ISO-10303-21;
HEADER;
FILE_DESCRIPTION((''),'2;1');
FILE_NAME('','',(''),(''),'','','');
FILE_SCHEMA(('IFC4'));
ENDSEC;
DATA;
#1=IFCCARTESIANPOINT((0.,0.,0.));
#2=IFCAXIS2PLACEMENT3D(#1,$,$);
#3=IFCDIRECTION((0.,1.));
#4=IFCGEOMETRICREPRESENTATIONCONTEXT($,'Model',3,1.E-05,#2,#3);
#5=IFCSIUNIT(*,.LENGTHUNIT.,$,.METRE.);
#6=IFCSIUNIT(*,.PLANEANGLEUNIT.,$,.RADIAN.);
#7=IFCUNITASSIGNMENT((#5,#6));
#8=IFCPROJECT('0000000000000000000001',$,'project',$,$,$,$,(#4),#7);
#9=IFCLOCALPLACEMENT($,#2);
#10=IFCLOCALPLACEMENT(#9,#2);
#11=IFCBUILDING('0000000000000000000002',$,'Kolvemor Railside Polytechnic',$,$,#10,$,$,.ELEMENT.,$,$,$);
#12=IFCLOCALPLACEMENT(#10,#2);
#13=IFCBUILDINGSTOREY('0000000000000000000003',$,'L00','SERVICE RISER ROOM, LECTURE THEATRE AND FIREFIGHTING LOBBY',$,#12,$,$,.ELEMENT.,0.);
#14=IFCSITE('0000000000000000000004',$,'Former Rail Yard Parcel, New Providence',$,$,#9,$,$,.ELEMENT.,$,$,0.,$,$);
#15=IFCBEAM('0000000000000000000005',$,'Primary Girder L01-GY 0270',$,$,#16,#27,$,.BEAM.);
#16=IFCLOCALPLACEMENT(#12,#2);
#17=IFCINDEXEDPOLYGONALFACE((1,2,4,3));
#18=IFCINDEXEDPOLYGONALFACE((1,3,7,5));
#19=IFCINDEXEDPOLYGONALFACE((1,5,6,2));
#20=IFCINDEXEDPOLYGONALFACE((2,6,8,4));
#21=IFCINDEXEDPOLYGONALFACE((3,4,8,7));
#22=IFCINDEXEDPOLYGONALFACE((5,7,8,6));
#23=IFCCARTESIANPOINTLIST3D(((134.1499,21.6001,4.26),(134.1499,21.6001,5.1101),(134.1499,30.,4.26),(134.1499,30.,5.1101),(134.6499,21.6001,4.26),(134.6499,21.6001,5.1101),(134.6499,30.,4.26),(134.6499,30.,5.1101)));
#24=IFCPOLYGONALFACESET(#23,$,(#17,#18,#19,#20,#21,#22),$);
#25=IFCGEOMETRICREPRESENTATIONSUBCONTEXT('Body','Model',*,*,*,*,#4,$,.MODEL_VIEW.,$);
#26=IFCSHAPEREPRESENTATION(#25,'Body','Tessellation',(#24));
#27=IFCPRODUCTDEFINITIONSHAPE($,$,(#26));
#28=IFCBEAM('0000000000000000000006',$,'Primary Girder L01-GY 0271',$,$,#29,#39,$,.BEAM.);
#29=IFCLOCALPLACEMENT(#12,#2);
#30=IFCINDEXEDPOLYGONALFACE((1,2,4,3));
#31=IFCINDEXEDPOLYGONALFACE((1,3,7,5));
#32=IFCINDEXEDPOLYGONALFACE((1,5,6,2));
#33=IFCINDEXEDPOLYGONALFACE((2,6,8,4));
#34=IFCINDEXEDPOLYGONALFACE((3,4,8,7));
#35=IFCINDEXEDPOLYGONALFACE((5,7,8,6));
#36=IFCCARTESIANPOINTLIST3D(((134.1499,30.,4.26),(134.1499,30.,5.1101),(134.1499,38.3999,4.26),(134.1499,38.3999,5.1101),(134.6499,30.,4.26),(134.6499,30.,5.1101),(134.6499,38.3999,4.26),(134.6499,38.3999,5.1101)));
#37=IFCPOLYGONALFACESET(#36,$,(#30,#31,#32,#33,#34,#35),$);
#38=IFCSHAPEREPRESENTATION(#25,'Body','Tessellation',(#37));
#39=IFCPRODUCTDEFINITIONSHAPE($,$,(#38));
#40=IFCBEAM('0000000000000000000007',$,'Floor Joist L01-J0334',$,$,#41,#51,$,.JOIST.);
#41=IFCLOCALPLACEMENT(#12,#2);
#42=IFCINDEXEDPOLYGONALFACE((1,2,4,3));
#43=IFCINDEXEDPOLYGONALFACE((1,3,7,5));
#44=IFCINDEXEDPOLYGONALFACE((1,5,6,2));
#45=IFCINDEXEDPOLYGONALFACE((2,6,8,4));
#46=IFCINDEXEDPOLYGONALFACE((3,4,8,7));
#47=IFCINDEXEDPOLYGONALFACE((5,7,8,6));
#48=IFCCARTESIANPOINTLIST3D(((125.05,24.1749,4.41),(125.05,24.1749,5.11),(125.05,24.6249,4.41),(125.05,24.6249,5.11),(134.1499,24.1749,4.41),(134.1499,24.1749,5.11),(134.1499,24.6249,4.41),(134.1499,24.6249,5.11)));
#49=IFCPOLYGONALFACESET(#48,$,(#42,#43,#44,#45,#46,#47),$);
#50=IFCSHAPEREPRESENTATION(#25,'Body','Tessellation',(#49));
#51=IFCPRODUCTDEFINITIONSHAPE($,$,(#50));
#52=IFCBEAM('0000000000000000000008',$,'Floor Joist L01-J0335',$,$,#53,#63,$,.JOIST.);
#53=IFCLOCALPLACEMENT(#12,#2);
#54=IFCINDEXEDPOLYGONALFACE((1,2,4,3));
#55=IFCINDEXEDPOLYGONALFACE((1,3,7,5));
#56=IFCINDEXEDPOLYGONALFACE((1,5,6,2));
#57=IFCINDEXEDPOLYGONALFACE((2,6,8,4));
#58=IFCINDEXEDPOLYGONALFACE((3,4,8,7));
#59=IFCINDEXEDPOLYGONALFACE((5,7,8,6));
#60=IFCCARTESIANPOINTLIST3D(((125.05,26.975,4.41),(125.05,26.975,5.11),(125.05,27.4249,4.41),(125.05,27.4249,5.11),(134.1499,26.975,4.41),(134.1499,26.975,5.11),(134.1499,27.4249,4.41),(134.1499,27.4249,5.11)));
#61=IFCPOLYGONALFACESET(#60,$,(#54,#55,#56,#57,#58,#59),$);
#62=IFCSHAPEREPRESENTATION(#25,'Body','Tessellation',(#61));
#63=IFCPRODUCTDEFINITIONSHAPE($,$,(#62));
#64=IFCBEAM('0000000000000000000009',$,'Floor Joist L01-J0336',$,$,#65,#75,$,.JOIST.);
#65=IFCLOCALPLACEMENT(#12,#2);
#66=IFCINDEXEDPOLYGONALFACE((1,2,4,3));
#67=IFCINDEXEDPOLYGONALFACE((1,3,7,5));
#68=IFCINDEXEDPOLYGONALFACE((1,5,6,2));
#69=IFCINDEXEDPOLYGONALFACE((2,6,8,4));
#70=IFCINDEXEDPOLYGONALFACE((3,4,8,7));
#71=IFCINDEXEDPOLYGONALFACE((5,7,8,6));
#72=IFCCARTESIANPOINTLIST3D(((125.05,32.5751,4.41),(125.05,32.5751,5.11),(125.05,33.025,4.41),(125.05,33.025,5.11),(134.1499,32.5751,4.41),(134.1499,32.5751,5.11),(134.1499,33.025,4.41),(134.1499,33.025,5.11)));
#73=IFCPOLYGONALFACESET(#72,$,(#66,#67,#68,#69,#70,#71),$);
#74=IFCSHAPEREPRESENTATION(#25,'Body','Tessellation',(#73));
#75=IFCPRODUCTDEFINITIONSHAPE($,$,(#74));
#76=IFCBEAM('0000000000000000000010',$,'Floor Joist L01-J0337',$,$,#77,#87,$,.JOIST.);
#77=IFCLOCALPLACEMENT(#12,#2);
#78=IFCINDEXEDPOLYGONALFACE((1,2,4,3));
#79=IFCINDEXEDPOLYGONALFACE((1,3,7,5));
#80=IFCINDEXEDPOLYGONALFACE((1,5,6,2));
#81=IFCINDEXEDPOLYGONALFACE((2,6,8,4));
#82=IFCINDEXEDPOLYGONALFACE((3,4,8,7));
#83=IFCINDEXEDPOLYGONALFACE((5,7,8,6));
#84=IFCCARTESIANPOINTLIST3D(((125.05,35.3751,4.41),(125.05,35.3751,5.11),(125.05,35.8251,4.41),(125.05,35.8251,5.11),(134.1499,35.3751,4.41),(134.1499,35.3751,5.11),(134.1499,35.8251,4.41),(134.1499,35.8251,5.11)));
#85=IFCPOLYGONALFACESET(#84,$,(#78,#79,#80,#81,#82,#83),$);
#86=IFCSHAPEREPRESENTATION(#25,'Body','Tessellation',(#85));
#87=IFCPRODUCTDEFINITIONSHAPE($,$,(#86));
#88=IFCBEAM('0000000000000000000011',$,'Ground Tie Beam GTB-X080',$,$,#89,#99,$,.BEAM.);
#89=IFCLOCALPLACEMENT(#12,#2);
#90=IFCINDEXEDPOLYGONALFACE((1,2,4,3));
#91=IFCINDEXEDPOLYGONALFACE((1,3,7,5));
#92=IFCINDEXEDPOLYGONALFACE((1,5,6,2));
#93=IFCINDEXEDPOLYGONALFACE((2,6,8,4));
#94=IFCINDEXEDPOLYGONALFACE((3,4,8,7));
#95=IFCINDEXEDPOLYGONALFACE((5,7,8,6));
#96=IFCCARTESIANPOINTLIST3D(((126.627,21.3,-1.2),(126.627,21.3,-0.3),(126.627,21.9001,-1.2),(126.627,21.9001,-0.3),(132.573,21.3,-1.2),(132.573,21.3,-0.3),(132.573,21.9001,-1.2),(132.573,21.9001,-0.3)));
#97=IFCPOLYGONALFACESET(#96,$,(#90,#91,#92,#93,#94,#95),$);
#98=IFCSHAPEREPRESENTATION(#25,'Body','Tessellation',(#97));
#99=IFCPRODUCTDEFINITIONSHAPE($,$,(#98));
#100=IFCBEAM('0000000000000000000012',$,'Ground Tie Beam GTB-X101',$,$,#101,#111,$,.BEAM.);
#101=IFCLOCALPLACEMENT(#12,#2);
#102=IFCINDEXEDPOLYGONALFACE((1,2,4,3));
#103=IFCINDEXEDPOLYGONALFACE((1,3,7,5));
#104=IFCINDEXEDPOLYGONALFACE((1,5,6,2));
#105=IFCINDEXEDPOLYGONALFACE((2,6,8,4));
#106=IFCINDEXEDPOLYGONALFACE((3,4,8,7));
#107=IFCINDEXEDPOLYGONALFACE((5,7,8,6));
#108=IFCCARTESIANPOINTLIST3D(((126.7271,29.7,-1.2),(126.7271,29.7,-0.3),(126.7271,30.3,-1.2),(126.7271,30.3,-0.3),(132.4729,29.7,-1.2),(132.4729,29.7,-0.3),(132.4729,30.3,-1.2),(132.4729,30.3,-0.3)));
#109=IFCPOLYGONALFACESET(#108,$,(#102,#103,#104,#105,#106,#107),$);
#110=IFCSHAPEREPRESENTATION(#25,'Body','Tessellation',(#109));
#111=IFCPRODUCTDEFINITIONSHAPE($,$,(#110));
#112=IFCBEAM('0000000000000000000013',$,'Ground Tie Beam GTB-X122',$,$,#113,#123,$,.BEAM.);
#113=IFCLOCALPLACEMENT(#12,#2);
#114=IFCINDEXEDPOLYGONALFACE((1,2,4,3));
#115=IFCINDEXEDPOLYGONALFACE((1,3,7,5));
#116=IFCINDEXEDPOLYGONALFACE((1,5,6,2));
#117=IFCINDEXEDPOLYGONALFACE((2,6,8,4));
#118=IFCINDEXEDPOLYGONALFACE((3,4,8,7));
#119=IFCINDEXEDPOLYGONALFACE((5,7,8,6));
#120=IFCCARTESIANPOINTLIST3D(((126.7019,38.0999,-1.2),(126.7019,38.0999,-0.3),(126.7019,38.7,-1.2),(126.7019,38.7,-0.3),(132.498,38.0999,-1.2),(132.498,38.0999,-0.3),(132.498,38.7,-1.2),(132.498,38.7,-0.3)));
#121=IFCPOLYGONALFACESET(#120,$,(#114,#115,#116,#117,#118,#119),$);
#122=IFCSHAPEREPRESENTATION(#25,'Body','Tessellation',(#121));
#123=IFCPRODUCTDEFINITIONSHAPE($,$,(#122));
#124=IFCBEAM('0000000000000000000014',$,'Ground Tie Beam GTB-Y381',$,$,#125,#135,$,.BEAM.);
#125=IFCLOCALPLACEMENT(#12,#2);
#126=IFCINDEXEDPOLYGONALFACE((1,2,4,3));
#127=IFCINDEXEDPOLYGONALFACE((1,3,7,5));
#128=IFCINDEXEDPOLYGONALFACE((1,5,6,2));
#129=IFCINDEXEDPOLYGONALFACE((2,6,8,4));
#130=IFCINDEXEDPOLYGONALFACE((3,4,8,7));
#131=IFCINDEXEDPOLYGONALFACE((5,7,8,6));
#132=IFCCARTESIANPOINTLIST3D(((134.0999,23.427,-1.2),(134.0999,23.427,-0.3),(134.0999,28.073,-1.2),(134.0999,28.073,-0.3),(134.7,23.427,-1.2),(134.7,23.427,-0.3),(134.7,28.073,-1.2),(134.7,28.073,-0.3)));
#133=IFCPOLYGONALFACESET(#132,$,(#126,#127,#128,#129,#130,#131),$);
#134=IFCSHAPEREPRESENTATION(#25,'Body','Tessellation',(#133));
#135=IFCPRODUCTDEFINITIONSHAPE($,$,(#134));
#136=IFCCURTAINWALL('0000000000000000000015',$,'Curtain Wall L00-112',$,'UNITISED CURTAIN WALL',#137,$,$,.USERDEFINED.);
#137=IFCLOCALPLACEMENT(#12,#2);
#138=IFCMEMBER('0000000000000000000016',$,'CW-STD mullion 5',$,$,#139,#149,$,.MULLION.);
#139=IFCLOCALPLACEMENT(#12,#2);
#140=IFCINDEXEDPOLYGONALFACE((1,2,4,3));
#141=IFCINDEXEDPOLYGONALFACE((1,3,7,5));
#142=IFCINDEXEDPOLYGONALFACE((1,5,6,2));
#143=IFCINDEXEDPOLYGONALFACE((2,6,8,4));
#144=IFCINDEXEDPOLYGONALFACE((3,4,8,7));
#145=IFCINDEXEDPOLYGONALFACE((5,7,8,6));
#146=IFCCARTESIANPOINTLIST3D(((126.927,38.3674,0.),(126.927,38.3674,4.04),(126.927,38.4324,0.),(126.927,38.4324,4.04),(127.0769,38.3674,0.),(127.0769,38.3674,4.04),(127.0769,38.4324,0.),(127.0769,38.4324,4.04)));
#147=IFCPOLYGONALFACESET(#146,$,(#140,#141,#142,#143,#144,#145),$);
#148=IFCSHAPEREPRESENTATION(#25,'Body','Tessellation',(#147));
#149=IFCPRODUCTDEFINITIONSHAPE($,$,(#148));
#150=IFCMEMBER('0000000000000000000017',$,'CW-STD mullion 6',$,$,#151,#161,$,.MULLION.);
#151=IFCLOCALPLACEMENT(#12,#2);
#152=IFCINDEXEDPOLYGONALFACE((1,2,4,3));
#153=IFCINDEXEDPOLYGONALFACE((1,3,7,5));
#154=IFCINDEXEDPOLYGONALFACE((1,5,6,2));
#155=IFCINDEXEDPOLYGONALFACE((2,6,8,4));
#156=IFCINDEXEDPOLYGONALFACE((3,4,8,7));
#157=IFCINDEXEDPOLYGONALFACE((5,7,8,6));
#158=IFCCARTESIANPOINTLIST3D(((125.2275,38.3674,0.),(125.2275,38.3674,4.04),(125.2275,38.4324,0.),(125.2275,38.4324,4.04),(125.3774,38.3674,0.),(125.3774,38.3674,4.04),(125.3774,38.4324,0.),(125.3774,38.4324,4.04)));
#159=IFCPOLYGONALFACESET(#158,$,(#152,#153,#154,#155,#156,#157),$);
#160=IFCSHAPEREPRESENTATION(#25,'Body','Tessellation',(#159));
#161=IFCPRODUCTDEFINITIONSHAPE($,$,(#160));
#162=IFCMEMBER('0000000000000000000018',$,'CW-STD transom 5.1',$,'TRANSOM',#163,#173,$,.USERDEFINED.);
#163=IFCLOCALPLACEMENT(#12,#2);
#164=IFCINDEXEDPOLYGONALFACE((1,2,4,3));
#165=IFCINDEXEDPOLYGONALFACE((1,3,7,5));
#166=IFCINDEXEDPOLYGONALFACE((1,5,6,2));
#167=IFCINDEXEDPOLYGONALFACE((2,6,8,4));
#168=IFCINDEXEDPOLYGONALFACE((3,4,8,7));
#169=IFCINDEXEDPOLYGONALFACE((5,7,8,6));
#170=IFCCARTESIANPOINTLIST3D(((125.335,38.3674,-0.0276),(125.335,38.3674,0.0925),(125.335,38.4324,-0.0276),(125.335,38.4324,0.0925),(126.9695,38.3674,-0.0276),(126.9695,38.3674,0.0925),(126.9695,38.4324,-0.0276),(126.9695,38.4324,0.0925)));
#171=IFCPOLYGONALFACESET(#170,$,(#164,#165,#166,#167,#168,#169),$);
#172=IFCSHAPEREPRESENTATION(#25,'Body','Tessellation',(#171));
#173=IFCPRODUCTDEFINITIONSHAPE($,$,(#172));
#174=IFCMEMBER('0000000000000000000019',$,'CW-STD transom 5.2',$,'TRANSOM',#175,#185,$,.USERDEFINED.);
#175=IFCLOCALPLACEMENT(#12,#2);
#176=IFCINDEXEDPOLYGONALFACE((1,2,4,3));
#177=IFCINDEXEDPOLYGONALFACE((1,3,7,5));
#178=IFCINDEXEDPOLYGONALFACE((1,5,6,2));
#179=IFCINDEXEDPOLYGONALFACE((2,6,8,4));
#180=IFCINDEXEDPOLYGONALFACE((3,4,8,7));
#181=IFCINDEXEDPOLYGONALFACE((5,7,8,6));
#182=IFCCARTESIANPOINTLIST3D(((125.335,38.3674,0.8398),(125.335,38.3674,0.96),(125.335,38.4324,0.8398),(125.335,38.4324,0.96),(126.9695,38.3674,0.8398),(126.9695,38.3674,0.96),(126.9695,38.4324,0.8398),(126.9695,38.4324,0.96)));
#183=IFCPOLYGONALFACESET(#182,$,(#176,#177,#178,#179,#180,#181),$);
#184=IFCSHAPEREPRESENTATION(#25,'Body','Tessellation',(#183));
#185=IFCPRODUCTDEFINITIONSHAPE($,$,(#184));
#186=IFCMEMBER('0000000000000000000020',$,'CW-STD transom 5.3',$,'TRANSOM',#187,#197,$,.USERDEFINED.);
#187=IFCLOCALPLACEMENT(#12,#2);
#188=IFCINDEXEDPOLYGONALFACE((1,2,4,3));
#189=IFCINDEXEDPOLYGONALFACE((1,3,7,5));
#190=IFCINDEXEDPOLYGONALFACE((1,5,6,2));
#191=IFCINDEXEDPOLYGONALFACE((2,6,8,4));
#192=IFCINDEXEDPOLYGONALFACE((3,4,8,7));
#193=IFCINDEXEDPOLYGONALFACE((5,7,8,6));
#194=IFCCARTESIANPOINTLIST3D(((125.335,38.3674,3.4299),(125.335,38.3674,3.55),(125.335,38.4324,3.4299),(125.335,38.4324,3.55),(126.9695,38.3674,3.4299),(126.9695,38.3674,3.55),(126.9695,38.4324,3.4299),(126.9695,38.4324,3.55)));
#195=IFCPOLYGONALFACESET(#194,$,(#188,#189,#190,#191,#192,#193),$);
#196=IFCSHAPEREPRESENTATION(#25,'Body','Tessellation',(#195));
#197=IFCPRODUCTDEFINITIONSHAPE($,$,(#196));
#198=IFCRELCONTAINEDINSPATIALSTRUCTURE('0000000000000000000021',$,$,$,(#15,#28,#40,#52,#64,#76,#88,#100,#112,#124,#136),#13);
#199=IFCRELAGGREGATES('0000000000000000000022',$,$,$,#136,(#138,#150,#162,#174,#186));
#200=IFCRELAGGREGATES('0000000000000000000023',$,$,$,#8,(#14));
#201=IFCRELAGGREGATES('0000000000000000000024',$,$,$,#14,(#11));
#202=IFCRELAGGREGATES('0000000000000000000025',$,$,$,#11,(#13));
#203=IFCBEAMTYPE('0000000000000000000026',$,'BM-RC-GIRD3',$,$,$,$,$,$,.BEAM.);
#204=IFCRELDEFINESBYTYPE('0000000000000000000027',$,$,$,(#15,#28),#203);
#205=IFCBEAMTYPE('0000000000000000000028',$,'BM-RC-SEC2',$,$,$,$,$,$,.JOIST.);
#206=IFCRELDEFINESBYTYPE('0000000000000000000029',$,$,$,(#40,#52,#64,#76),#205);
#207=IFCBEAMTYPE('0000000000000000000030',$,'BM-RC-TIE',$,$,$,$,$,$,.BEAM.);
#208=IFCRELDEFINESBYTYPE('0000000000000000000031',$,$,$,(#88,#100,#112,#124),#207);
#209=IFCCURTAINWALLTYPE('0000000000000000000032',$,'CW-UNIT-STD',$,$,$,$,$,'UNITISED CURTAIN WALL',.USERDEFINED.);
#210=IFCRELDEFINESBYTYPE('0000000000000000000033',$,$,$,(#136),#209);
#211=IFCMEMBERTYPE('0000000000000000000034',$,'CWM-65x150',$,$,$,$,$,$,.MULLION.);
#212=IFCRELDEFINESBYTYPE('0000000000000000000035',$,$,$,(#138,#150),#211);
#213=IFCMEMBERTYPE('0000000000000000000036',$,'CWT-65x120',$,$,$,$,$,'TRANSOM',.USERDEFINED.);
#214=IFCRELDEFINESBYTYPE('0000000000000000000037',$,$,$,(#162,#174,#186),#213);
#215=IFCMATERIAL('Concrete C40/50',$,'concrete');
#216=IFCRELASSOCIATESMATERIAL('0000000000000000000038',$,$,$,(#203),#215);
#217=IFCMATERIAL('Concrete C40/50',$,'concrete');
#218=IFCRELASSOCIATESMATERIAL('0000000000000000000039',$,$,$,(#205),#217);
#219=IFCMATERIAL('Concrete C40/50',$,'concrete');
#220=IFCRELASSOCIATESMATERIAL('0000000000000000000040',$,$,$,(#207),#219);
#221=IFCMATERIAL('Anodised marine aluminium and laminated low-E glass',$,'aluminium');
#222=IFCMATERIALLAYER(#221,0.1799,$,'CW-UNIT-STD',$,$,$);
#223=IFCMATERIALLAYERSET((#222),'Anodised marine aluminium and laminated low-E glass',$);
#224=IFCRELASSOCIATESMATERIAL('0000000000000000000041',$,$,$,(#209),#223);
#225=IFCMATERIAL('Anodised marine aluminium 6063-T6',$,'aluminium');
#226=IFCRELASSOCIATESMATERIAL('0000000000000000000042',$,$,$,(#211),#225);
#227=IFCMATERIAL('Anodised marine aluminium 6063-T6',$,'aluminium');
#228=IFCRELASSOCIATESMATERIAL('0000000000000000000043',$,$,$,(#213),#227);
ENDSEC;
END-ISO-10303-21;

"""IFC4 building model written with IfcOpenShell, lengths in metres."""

from ifc_helpers import new_model, si_unit, direction, frame, origin, origin_2d, place, context, subcontext, project, spatial, rectangle, extrude, material, layer, layer_set, material_profile, profile_set, type_object, element, aggregate, save


model = new_model("IFC4")

# Units and contexts
model_context = context("Model", 3, precision=1e-05, world=origin(), true_north=direction((0.0, 1.0)))
body_context = subcontext(model_context, "Body", "Model", "MODEL_VIEW")
ifc_project = project(units=[si_unit("LENGTHUNIT", "METRE"), si_unit("PLANEANGLEUNIT", "RADIAN")], contexts=[model_context])

# Site, building, storey
site_placement = place(None, origin())
site = spatial("IfcSite", under=ifc_project, at=site_placement, Name="Former Rail Yard Parcel, New Providence", CompositionType="ELEMENT", RefElevation=0.0)
building_placement = place(site_placement, origin())
building = spatial("IfcBuilding", under=site, at=building_placement, Name="Kolvemor Railside Polytechnic", CompositionType="ELEMENT")
storey_placement = place(building_placement, origin())
storey = spatial("IfcBuildingStorey", under=building, at=storey_placement, Name="L00", Description="SERVICE RISER ROOM, LECTURE THEATRE AND FIREFIGHTING LOBBY", CompositionType="ELEMENT", Elevation=0.0)

# Beams
ifc_material_1 = material(Name="Concrete C40/50", Category="concrete")
ifc_material_profile_1 = material_profile(ifc_material_1, rectangle(XDim=0.5, YDim=0.8501, at=origin_2d()), Name="RC500x850")
ifc_profile_set_1 = profile_set([ifc_material_profile_1], Name="Concrete C40/50")
beam_type_1 = type_object("IfcBeamType", Name="BM-RC-GIRD3", PredefinedType="BEAM", material=ifc_profile_set_1)
for number, where, z_axis, x_axis, name in (
    (1, (134.3999, 21.6001, 4.6851), (0.0, 1.0, 0.0), (-1.0, 0.0, 0.0), "Primary Girder L01-GY 0270"),
    (2, (134.3999, 30.0, 4.6851), (0.0, 1.0, 0.0), (-1.0, 0.0, 0.0), "Primary Girder L01-GY 0271"),
):
    element("IfcBeam", number, at=place(storey_placement, frame(where, z_axis=z_axis, x_axis=x_axis)), inside=storey, type_object=beam_type_1, Name=name, PredefinedType="BEAM", context=body_context, shape_type="SweptSolid", body=[
        extrude(rectangle(XDim=0.5, YDim=0.8501, at=origin_2d()), origin(), (0.0, 0.0, 1.0), 8.3999),
    ])
ifc_material_2 = material(Name="Concrete C40/50", Category="concrete")
ifc_material_profile_2 = material_profile(ifc_material_2, rectangle(XDim=0.45, YDim=0.7, at=origin_2d()), Name="RC450x700")
ifc_profile_set_2 = profile_set([ifc_material_profile_2], Name="Concrete C40/50")
beam_type_2 = type_object("IfcBeamType", Name="BM-RC-SEC2", PredefinedType="JOIST", material=ifc_profile_set_2)
for number, where, z_axis, x_axis, name in (
    (3, (125.05, 24.3999, 4.76), (1.0, 0.0, 0.0), (0.0, 1.0, 0.0), "Floor Joist L01-J0334"),
    (4, (125.05, 27.2, 4.76), (1.0, 0.0, 0.0), (0.0, 1.0, 0.0), "Floor Joist L01-J0335"),
    (5, (125.05, 32.8, 4.76), (1.0, 0.0, 0.0), (0.0, 1.0, 0.0), "Floor Joist L01-J0336"),
    (6, (125.05, 35.6001, 4.76), (1.0, 0.0, 0.0), (0.0, 1.0, 0.0), "Floor Joist L01-J0337"),
):
    element("IfcBeam", number, at=place(storey_placement, frame(where, z_axis=z_axis, x_axis=x_axis)), inside=storey, type_object=beam_type_2, Name=name, PredefinedType="JOIST", context=body_context, shape_type="SweptSolid", body=[
        extrude(rectangle(XDim=0.45, YDim=0.7, at=origin_2d()), origin(), (0.0, 0.0, 1.0), 9.0999),
    ])
ifc_material_3 = material(Name="Concrete C40/50", Category="concrete")
ifc_material_profile_3 = material_profile(ifc_material_3, rectangle(XDim=0.6001, YDim=0.8999, at=origin_2d()), Name="RC600x900")
ifc_profile_set_3 = profile_set([ifc_material_profile_3], Name="Concrete C40/50")
beam_type_3 = type_object("IfcBeamType", Name="BM-RC-TIE", PredefinedType="BEAM", material=ifc_profile_set_3)
beam_1_placement = place(storey_placement, frame((126.627, 21.6001, -0.75), z_axis=(1.0, 0.0, 0.0), x_axis=(0.0, 1.0, 0.0)))
element("IfcBeam", 7, at=beam_1_placement, inside=storey, type_object=beam_type_3, Name="Ground Tie Beam GTB-X080", PredefinedType="BEAM", context=body_context, shape_type="SweptSolid", body=[
    extrude(rectangle(XDim=0.6001, YDim=0.8999, at=origin_2d()), origin(), (0.0, 0.0, 1.0), 5.946),
])
beam_2_placement = place(storey_placement, frame((126.7271, 30.0, -0.75), z_axis=(1.0, 0.0, 0.0), x_axis=(0.0, 1.0, 0.0)))
element("IfcBeam", 8, at=beam_2_placement, inside=storey, type_object=beam_type_3, Name="Ground Tie Beam GTB-X101", PredefinedType="BEAM", context=body_context, shape_type="SweptSolid", body=[
    extrude(rectangle(XDim=0.6001, YDim=0.8999, at=origin_2d()), origin(), (0.0, 0.0, 1.0), 5.7458),
])
beam_3_placement = place(storey_placement, frame((126.7019, 38.3999, -0.75), z_axis=(1.0, 0.0, 0.0), x_axis=(0.0, 1.0, 0.0)))
element("IfcBeam", 9, at=beam_3_placement, inside=storey, type_object=beam_type_3, Name="Ground Tie Beam GTB-X122", PredefinedType="BEAM", context=body_context, shape_type="SweptSolid", body=[
    extrude(rectangle(XDim=0.6001, YDim=0.8999, at=origin_2d()), origin(), (0.0, 0.0, 1.0), 5.7961),
])
beam_4_placement = place(storey_placement, frame((134.3999, 23.427, -0.75), z_axis=(0.0, 1.0, 0.0), x_axis=(-1.0, 0.0, 0.0)))
element("IfcBeam", 10, at=beam_4_placement, inside=storey, type_object=beam_type_3, Name="Ground Tie Beam GTB-Y381", PredefinedType="BEAM", context=body_context, shape_type="SweptSolid", body=[
    extrude(rectangle(XDim=0.6001, YDim=0.8999, at=origin_2d()), origin(), (0.0, 0.0, 1.0), 4.646),
])

# Curtain wall, members
ifc_material_4 = material(Name="Anodised marine aluminium and laminated low-E glass", Category="aluminium")
ifc_layer_1 = layer(ifc_material_4, 0.1799, Name="CW-UNIT-STD")
ifc_layer_set_1 = layer_set([ifc_layer_1], Name="Anodised marine aluminium and laminated low-E glass")
curtain_wall_type = type_object("IfcCurtainWallType", Name="CW-UNIT-STD", ElementType="UNITISED CURTAIN WALL", PredefinedType="USERDEFINED", material=ifc_layer_set_1)
curtain_wall_placement = place(storey_placement, origin())
curtain_wall = element("IfcCurtainWall", 11, at=curtain_wall_placement, inside=storey, type_object=curtain_wall_type, Name="Curtain Wall L00-112", ObjectType="UNITISED CURTAIN WALL", PredefinedType="USERDEFINED")
ifc_material_5 = material(Name="Anodised marine aluminium 6063-T6", Category="aluminium")
ifc_material_profile_4 = material_profile(ifc_material_5, rectangle(XDim=0.0649, YDim=0.1499, at=origin_2d()), Name="CW-MUL-65x150")
ifc_profile_set_4 = profile_set([ifc_material_profile_4], Name="Anodised marine aluminium 6063-T6")
member_type_1 = type_object("IfcMemberType", Name="CWM-65x150", PredefinedType="MULLION", material=ifc_profile_set_4)
member_1_placement = place(storey_placement, frame((127.002, 38.3999, 0.0), z_axis=(0.0, 0.0, 1.0), x_axis=(0.0, -1.0, 0.0)))
member_1 = element("IfcMember", 12, at=member_1_placement, type_object=member_type_1, Name="CW-STD mullion 5", PredefinedType="MULLION", context=body_context, shape_type="SweptSolid", body=[
    extrude(rectangle(XDim=0.0649, YDim=0.1499, at=origin_2d()), origin(), (0.0, 0.0, 1.0), 4.04),
])
member_2_placement = place(storey_placement, frame((125.3025, 38.3999, 0.0), z_axis=(0.0, 0.0, 1.0), x_axis=(0.0, -1.0, 0.0)))
member_2 = element("IfcMember", 13, at=member_2_placement, type_object=member_type_1, Name="CW-STD mullion 6", PredefinedType="MULLION", context=body_context, shape_type="SweptSolid", body=[
    extrude(rectangle(XDim=0.0649, YDim=0.1499, at=origin_2d()), origin(), (0.0, 0.0, 1.0), 4.04),
])
ifc_material_6 = material(Name="Anodised marine aluminium 6063-T6", Category="aluminium")
ifc_material_profile_5 = material_profile(ifc_material_6, rectangle(XDim=0.0649, YDim=0.1201, at=origin_2d()), Name="CW-TRN-65x120")
ifc_profile_set_5 = profile_set([ifc_material_profile_5], Name="Anodised marine aluminium 6063-T6")
member_type_2 = type_object("IfcMemberType", Name="CWT-65x120", ElementType="TRANSOM", PredefinedType="USERDEFINED", material=ifc_profile_set_5)
member_3_placement = place(storey_placement, frame((126.9695, 38.3999, 0.0325), z_axis=(-1.0, 0.0, 0.0), x_axis=(0.0, -1.0, 0.0)))
member_3 = element("IfcMember", 14, at=member_3_placement, type_object=member_type_2, Name="CW-STD transom 5.1", ObjectType="TRANSOM", PredefinedType="USERDEFINED", context=body_context, shape_type="SweptSolid", body=[
    extrude(rectangle(XDim=0.0649, YDim=0.1201, at=origin_2d()), origin(), (0.0, 0.0, 1.0), 1.6345),
])
member_4_placement = place(storey_placement, frame((126.9695, 38.3999, 0.8999), z_axis=(-1.0, 0.0, 0.0), x_axis=(0.0, -1.0, 0.0)))
member_4 = element("IfcMember", 15, at=member_4_placement, type_object=member_type_2, Name="CW-STD transom 5.2", ObjectType="TRANSOM", PredefinedType="USERDEFINED", context=body_context, shape_type="SweptSolid", body=[
    extrude(rectangle(XDim=0.0649, YDim=0.1201, at=origin_2d()), origin(), (0.0, 0.0, 1.0), 1.6345),
])
member_5_placement = place(storey_placement, frame((126.9695, 38.3999, 3.49), z_axis=(-1.0, 0.0, 0.0), x_axis=(0.0, -1.0, 0.0)))
member_5 = element("IfcMember", 16, at=member_5_placement, type_object=member_type_2, Name="CW-STD transom 5.3", ObjectType="TRANSOM", PredefinedType="USERDEFINED", context=body_context, shape_type="SweptSolid", body=[
    extrude(rectangle(XDim=0.0649, YDim=0.1201, at=origin_2d()), origin(), (0.0, 0.0, 1.0), 1.6345),
])
aggregate(curtain_wall, [member_1, member_2, member_3, member_4, member_5])

save(model, "model.ifc")
